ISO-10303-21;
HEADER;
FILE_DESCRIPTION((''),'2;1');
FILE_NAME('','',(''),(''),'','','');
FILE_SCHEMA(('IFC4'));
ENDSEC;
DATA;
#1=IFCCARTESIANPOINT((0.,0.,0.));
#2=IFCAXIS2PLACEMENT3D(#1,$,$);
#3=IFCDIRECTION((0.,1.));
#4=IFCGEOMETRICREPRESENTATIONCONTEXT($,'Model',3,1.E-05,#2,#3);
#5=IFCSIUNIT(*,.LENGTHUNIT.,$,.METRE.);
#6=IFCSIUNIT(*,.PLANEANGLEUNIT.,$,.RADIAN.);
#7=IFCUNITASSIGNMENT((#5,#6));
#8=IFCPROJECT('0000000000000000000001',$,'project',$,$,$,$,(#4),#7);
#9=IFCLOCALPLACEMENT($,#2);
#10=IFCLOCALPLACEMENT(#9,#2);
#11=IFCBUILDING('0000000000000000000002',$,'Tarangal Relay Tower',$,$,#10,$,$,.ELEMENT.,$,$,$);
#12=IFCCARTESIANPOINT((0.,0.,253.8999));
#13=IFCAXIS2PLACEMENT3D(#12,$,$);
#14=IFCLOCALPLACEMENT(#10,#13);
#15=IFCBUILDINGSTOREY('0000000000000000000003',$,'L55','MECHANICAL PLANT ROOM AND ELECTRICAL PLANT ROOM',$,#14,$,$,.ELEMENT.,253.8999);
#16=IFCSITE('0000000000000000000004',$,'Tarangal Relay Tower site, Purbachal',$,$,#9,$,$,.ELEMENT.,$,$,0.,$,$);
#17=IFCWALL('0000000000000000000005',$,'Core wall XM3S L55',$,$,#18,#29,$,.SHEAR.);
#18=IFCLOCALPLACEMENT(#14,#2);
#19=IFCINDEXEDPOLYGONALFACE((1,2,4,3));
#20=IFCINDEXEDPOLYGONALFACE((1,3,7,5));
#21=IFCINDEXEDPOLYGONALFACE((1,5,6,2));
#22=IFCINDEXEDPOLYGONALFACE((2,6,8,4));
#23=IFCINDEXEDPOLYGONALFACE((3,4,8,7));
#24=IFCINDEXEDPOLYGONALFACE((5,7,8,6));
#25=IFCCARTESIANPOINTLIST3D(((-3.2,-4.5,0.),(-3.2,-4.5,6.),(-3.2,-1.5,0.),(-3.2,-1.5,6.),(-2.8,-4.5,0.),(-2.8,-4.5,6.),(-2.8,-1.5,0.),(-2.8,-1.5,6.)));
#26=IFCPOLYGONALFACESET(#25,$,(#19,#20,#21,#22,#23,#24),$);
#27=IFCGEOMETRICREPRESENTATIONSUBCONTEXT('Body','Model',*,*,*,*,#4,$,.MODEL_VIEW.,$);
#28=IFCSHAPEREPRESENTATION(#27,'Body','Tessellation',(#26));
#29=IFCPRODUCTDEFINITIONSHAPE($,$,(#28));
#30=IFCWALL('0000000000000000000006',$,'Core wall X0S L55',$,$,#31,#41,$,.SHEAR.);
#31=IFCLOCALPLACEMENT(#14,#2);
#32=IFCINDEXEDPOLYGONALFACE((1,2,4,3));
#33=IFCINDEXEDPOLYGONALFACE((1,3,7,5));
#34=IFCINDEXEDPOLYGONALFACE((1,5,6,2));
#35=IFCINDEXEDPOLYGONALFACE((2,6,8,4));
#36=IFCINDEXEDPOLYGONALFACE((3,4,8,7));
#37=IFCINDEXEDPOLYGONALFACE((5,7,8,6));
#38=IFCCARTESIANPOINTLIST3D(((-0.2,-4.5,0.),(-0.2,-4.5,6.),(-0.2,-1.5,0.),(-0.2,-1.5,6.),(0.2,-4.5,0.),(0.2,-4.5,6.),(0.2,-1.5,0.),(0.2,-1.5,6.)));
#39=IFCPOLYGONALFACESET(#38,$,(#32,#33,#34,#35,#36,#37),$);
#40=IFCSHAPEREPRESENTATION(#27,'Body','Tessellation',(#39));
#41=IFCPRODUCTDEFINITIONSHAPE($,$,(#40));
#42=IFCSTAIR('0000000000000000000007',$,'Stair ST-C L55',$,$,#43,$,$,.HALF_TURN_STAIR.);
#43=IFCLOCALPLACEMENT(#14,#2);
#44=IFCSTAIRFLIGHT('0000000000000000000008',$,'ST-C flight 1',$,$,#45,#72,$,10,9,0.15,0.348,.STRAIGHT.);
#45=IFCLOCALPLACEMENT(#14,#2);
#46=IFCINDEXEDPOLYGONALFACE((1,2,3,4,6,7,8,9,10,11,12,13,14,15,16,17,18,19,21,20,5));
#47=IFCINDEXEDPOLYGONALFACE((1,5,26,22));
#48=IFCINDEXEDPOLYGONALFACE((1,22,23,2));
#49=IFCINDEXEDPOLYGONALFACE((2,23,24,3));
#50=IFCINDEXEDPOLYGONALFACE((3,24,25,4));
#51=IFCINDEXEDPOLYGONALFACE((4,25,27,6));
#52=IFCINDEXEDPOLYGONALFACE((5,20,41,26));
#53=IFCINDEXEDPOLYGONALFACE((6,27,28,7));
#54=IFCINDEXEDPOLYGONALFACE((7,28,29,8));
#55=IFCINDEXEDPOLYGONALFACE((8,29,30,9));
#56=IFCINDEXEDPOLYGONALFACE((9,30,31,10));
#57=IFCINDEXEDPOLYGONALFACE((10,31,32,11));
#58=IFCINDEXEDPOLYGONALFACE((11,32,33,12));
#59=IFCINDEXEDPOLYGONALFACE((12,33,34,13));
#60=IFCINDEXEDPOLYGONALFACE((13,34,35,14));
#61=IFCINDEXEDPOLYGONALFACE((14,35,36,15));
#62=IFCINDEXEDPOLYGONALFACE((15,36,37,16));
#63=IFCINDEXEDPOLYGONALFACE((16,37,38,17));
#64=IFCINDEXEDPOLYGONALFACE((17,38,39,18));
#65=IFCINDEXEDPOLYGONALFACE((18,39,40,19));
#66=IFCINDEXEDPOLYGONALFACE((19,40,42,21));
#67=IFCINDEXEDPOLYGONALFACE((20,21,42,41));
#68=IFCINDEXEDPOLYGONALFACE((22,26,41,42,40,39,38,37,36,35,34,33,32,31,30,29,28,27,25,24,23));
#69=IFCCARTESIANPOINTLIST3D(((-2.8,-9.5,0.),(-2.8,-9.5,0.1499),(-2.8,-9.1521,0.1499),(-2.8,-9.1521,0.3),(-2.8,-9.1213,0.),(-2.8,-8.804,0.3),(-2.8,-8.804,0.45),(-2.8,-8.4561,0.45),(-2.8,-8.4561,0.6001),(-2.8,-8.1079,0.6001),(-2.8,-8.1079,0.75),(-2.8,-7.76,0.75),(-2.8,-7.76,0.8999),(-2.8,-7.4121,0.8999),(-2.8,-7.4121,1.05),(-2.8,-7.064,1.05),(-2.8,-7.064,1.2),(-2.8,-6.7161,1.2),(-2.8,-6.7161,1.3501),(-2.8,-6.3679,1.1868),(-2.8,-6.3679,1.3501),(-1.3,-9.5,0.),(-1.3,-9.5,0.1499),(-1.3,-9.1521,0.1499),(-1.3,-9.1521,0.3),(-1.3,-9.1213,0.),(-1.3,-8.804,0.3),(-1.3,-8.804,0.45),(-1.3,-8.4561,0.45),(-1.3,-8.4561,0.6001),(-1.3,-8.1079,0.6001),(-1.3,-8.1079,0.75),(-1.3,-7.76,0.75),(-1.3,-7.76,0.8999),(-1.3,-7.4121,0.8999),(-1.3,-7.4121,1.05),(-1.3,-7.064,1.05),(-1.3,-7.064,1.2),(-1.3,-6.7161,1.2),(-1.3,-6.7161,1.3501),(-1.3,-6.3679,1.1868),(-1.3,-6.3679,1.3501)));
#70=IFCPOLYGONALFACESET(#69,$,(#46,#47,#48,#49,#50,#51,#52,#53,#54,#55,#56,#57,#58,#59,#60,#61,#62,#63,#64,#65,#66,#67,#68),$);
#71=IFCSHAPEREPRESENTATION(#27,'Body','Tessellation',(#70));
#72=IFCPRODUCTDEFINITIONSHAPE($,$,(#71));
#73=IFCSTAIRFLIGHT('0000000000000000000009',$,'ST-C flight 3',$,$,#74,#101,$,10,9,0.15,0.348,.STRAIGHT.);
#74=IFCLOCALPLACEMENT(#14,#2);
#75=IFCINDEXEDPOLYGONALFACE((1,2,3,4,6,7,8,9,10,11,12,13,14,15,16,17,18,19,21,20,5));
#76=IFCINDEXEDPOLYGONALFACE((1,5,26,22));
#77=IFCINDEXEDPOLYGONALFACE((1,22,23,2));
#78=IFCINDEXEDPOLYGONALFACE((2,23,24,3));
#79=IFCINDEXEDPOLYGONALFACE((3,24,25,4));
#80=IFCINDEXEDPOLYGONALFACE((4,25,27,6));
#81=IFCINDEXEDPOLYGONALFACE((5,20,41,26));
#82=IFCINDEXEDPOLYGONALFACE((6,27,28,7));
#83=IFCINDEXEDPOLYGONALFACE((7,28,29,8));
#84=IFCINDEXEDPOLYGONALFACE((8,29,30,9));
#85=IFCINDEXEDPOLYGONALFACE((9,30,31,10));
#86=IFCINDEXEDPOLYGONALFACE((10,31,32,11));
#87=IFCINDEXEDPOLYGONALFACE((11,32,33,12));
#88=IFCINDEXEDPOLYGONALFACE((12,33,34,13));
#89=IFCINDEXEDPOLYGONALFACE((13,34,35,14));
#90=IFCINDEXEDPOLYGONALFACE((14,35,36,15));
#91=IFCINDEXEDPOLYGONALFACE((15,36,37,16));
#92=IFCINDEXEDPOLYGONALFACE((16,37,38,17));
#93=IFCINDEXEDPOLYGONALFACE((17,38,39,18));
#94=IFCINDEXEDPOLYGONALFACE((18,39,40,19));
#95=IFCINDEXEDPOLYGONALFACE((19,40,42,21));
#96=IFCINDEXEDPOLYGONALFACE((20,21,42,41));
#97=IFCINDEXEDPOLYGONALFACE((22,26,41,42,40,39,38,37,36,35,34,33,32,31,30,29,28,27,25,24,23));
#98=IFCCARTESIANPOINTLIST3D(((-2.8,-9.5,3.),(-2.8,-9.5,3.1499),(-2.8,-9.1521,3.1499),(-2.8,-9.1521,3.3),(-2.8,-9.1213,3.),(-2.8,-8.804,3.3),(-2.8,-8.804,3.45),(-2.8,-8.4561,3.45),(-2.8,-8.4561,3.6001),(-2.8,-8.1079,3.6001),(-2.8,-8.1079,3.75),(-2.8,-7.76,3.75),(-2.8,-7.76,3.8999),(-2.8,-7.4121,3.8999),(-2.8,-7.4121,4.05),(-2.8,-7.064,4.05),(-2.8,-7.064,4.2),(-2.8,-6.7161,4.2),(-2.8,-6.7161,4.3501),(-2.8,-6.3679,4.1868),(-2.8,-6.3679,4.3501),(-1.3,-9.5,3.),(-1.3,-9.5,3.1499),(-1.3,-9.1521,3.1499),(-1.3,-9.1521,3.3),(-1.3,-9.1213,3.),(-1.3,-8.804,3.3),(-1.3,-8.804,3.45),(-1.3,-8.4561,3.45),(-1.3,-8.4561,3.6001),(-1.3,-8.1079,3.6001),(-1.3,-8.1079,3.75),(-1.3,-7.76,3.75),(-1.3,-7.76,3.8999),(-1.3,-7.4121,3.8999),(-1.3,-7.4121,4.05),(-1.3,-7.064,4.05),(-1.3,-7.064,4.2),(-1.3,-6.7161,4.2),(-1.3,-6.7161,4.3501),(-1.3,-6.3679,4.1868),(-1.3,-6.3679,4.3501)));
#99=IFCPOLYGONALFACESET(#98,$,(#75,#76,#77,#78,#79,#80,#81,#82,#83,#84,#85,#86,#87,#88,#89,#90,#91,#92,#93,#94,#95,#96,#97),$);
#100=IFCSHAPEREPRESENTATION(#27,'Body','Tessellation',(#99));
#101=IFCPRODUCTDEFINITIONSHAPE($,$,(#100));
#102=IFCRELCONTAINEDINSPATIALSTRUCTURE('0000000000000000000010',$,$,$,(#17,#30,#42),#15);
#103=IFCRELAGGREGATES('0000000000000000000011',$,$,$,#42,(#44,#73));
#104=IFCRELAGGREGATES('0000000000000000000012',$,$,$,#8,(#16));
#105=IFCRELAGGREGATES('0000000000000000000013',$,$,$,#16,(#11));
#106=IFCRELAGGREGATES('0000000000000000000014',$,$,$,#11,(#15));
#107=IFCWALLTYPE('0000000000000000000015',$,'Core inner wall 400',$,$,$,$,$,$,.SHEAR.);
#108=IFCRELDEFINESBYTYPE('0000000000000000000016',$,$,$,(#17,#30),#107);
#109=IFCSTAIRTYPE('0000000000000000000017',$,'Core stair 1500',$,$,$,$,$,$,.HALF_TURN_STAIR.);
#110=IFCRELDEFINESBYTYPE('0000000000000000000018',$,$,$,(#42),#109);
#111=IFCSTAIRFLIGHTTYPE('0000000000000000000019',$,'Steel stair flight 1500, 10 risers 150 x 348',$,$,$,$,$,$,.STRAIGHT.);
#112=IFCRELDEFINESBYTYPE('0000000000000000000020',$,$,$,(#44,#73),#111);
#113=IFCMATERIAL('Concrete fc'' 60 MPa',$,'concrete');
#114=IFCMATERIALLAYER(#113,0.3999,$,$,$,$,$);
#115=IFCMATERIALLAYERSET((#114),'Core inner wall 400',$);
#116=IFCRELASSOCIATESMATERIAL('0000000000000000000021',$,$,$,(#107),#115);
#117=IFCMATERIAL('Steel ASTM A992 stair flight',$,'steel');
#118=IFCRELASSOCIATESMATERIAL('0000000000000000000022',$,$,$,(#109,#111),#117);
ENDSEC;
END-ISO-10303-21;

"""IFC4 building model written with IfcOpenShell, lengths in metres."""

from ifc_helpers import new_model, si_unit, direction, frame, frame_2d, origin, place, context, subcontext, project, spatial, polyline, rectangle, outline, extrude, material, layer, layer_set, type_object, element, aggregate, save


model = new_model("IFC4")

# Units and contexts
model_context = context("Model", 3, precision=1e-05, world=origin(), true_north=direction((0.0, 1.0)))
body_context = subcontext(model_context, "Body", "Model", "MODEL_VIEW")
ifc_project = project(units=[si_unit("LENGTHUNIT", "METRE"), si_unit("PLANEANGLEUNIT", "RADIAN")], contexts=[model_context])

# Site, building, storey
site_placement = place(None, origin())
site = spatial("IfcSite", under=ifc_project, at=site_placement, Name="Tarangal Relay Tower site, Purbachal", CompositionType="ELEMENT", RefElevation=0.0)
building_placement = place(site_placement, origin())
building = spatial("IfcBuilding", under=site, at=building_placement, Name="Tarangal Relay Tower", CompositionType="ELEMENT")
storey_placement = place(building_placement, frame((0.0, 0.0, 253.8999)))
storey = spatial("IfcBuildingStorey", under=building, at=storey_placement, Name="L55", Description="MECHANICAL PLANT ROOM AND ELECTRICAL PLANT ROOM", CompositionType="ELEMENT", Elevation=253.8999)

# Shared definitions
ifc_material_1 = material(Name="Concrete fc' 60 MPa", Category="concrete")
ifc_layer_1 = layer(ifc_material_1, 0.3999)
ifc_layer_set_1 = layer_set([ifc_layer_1], Name="Core inner wall 400")
wall_type = type_object("IfcWallType", Name="Core inner wall 400", PredefinedType="SHEAR", material=ifc_layer_set_1)

# Walls
for number, where, z_axis, x_axis, name in (
    (1, (-3.0, -4.5, 0.0), (0.0, 0.0, 1.0), (0.0, 1.0, 0.0), "Core wall XM3S L55"),
    (2, (0.0, -4.5, 0.0), (0.0, 0.0, 1.0), (0.0, 1.0, 0.0), "Core wall X0S L55"),
):
    element("IfcWall", number, at=place(storey_placement, frame(where, z_axis=z_axis, x_axis=x_axis)), inside=storey, type_object=wall_type, Name=name, PredefinedType="SHEAR", context=body_context, shape_type="SweptSolid", body=[
        extrude(rectangle(XDim=3.0, YDim=0.3999, at=frame_2d((1.5, 0.0))), origin(), (0.0, 0.0, 1.0), 6.0),
    ])

# Stair, stair flights
ifc_material_2 = material(Name="Steel ASTM A992 stair flight", Category="steel")
stair_type = type_object("IfcStairType", Name="Core stair 1500", PredefinedType="HALF_TURN_STAIR", material=ifc_material_2)
stair_placement = place(storey_placement, origin())
stair = element("IfcStair", 3, at=stair_placement, inside=storey, type_object=stair_type, Name="Stair ST-C L55", PredefinedType="HALF_TURN_STAIR")
stair_flight_type = type_object("IfcStairFlightType", Name="Steel stair flight 1500, 10 risers 150 x 348", PredefinedType="STRAIGHT", material=ifc_material_2)
stair_flight_1_placement = place(storey_placement, frame((-2.05, -9.5, 0.0), z_axis=(0.0, 0.0, 1.0), x_axis=(0.0, 1.0, 0.0)))
stair_flight_1 = element("IfcStairFlight", 4, at=stair_flight_1_placement, type_object=stair_flight_type, Name="ST-C flight 1", NumberOfRisers=10, NumberOfTreads=9, PredefinedType="STRAIGHT", RiserHeight=0.15, TreadLength=0.348, context=body_context, shape_type="SweptSolid", body=[
    extrude(outline(polyline([(0.0, 0.0), (0.0, 0.1499), (0.3479, 0.1499), (0.3479, 0.3), (0.696, 0.3), (0.696, 0.45), (1.0439, 0.45), (1.0439, 0.6001), (1.3921, 0.6001), (1.3921, 0.75), (1.74, 0.75), (1.74, 0.8999), (2.0879, 0.8999), (2.0879, 1.05), (2.436, 1.05), (2.436, 1.2), (2.7839, 1.2), (2.7839, 1.3501), (3.1321, 1.3501), (3.1321, 1.5), (3.1321, 1.1868), (0.3787, 0.0), (0.0, 0.0)])), frame((0.0, 0.75, 0.0), z_axis=(0.0, -1.0, 0.0), x_axis=(1.0, 0.0, 0.0)), (0.0, 0.0, 1.0), 1.5),
])
stair_flight_2_placement = place(storey_placement, frame((-2.05, -9.5, 3.0), z_axis=(0.0, 0.0, 1.0), x_axis=(0.0, 1.0, 0.0)))
stair_flight_2 = element("IfcStairFlight", 5, at=stair_flight_2_placement, type_object=stair_flight_type, Name="ST-C flight 3", NumberOfRisers=10, NumberOfTreads=9, PredefinedType="STRAIGHT", RiserHeight=0.15, TreadLength=0.348, context=body_context, shape_type="SweptSolid", body=[
    extrude(outline(polyline([(0.0, 0.0), (0.0, 0.1499), (0.3479, 0.1499), (0.3479, 0.3), (0.696, 0.3), (0.696, 0.45), (1.0439, 0.45), (1.0439, 0.6001), (1.3921, 0.6001), (1.3921, 0.75), (1.74, 0.75), (1.74, 0.8999), (2.0879, 0.8999), (2.0879, 1.05), (2.436, 1.05), (2.436, 1.2), (2.7839, 1.2), (2.7839, 1.3501), (3.1321, 1.3501), (3.1321, 1.5), (3.1321, 1.1868), (0.3787, 0.0), (0.0, 0.0)])), frame((0.0, 0.75, 0.0), z_axis=(0.0, -1.0, 0.0), x_axis=(1.0, 0.0, 0.0)), (0.0, 0.0, 1.0), 1.5),
])
aggregate(stair, [stair_flight_1, stair_flight_2])

save(model, "model.ifc")
